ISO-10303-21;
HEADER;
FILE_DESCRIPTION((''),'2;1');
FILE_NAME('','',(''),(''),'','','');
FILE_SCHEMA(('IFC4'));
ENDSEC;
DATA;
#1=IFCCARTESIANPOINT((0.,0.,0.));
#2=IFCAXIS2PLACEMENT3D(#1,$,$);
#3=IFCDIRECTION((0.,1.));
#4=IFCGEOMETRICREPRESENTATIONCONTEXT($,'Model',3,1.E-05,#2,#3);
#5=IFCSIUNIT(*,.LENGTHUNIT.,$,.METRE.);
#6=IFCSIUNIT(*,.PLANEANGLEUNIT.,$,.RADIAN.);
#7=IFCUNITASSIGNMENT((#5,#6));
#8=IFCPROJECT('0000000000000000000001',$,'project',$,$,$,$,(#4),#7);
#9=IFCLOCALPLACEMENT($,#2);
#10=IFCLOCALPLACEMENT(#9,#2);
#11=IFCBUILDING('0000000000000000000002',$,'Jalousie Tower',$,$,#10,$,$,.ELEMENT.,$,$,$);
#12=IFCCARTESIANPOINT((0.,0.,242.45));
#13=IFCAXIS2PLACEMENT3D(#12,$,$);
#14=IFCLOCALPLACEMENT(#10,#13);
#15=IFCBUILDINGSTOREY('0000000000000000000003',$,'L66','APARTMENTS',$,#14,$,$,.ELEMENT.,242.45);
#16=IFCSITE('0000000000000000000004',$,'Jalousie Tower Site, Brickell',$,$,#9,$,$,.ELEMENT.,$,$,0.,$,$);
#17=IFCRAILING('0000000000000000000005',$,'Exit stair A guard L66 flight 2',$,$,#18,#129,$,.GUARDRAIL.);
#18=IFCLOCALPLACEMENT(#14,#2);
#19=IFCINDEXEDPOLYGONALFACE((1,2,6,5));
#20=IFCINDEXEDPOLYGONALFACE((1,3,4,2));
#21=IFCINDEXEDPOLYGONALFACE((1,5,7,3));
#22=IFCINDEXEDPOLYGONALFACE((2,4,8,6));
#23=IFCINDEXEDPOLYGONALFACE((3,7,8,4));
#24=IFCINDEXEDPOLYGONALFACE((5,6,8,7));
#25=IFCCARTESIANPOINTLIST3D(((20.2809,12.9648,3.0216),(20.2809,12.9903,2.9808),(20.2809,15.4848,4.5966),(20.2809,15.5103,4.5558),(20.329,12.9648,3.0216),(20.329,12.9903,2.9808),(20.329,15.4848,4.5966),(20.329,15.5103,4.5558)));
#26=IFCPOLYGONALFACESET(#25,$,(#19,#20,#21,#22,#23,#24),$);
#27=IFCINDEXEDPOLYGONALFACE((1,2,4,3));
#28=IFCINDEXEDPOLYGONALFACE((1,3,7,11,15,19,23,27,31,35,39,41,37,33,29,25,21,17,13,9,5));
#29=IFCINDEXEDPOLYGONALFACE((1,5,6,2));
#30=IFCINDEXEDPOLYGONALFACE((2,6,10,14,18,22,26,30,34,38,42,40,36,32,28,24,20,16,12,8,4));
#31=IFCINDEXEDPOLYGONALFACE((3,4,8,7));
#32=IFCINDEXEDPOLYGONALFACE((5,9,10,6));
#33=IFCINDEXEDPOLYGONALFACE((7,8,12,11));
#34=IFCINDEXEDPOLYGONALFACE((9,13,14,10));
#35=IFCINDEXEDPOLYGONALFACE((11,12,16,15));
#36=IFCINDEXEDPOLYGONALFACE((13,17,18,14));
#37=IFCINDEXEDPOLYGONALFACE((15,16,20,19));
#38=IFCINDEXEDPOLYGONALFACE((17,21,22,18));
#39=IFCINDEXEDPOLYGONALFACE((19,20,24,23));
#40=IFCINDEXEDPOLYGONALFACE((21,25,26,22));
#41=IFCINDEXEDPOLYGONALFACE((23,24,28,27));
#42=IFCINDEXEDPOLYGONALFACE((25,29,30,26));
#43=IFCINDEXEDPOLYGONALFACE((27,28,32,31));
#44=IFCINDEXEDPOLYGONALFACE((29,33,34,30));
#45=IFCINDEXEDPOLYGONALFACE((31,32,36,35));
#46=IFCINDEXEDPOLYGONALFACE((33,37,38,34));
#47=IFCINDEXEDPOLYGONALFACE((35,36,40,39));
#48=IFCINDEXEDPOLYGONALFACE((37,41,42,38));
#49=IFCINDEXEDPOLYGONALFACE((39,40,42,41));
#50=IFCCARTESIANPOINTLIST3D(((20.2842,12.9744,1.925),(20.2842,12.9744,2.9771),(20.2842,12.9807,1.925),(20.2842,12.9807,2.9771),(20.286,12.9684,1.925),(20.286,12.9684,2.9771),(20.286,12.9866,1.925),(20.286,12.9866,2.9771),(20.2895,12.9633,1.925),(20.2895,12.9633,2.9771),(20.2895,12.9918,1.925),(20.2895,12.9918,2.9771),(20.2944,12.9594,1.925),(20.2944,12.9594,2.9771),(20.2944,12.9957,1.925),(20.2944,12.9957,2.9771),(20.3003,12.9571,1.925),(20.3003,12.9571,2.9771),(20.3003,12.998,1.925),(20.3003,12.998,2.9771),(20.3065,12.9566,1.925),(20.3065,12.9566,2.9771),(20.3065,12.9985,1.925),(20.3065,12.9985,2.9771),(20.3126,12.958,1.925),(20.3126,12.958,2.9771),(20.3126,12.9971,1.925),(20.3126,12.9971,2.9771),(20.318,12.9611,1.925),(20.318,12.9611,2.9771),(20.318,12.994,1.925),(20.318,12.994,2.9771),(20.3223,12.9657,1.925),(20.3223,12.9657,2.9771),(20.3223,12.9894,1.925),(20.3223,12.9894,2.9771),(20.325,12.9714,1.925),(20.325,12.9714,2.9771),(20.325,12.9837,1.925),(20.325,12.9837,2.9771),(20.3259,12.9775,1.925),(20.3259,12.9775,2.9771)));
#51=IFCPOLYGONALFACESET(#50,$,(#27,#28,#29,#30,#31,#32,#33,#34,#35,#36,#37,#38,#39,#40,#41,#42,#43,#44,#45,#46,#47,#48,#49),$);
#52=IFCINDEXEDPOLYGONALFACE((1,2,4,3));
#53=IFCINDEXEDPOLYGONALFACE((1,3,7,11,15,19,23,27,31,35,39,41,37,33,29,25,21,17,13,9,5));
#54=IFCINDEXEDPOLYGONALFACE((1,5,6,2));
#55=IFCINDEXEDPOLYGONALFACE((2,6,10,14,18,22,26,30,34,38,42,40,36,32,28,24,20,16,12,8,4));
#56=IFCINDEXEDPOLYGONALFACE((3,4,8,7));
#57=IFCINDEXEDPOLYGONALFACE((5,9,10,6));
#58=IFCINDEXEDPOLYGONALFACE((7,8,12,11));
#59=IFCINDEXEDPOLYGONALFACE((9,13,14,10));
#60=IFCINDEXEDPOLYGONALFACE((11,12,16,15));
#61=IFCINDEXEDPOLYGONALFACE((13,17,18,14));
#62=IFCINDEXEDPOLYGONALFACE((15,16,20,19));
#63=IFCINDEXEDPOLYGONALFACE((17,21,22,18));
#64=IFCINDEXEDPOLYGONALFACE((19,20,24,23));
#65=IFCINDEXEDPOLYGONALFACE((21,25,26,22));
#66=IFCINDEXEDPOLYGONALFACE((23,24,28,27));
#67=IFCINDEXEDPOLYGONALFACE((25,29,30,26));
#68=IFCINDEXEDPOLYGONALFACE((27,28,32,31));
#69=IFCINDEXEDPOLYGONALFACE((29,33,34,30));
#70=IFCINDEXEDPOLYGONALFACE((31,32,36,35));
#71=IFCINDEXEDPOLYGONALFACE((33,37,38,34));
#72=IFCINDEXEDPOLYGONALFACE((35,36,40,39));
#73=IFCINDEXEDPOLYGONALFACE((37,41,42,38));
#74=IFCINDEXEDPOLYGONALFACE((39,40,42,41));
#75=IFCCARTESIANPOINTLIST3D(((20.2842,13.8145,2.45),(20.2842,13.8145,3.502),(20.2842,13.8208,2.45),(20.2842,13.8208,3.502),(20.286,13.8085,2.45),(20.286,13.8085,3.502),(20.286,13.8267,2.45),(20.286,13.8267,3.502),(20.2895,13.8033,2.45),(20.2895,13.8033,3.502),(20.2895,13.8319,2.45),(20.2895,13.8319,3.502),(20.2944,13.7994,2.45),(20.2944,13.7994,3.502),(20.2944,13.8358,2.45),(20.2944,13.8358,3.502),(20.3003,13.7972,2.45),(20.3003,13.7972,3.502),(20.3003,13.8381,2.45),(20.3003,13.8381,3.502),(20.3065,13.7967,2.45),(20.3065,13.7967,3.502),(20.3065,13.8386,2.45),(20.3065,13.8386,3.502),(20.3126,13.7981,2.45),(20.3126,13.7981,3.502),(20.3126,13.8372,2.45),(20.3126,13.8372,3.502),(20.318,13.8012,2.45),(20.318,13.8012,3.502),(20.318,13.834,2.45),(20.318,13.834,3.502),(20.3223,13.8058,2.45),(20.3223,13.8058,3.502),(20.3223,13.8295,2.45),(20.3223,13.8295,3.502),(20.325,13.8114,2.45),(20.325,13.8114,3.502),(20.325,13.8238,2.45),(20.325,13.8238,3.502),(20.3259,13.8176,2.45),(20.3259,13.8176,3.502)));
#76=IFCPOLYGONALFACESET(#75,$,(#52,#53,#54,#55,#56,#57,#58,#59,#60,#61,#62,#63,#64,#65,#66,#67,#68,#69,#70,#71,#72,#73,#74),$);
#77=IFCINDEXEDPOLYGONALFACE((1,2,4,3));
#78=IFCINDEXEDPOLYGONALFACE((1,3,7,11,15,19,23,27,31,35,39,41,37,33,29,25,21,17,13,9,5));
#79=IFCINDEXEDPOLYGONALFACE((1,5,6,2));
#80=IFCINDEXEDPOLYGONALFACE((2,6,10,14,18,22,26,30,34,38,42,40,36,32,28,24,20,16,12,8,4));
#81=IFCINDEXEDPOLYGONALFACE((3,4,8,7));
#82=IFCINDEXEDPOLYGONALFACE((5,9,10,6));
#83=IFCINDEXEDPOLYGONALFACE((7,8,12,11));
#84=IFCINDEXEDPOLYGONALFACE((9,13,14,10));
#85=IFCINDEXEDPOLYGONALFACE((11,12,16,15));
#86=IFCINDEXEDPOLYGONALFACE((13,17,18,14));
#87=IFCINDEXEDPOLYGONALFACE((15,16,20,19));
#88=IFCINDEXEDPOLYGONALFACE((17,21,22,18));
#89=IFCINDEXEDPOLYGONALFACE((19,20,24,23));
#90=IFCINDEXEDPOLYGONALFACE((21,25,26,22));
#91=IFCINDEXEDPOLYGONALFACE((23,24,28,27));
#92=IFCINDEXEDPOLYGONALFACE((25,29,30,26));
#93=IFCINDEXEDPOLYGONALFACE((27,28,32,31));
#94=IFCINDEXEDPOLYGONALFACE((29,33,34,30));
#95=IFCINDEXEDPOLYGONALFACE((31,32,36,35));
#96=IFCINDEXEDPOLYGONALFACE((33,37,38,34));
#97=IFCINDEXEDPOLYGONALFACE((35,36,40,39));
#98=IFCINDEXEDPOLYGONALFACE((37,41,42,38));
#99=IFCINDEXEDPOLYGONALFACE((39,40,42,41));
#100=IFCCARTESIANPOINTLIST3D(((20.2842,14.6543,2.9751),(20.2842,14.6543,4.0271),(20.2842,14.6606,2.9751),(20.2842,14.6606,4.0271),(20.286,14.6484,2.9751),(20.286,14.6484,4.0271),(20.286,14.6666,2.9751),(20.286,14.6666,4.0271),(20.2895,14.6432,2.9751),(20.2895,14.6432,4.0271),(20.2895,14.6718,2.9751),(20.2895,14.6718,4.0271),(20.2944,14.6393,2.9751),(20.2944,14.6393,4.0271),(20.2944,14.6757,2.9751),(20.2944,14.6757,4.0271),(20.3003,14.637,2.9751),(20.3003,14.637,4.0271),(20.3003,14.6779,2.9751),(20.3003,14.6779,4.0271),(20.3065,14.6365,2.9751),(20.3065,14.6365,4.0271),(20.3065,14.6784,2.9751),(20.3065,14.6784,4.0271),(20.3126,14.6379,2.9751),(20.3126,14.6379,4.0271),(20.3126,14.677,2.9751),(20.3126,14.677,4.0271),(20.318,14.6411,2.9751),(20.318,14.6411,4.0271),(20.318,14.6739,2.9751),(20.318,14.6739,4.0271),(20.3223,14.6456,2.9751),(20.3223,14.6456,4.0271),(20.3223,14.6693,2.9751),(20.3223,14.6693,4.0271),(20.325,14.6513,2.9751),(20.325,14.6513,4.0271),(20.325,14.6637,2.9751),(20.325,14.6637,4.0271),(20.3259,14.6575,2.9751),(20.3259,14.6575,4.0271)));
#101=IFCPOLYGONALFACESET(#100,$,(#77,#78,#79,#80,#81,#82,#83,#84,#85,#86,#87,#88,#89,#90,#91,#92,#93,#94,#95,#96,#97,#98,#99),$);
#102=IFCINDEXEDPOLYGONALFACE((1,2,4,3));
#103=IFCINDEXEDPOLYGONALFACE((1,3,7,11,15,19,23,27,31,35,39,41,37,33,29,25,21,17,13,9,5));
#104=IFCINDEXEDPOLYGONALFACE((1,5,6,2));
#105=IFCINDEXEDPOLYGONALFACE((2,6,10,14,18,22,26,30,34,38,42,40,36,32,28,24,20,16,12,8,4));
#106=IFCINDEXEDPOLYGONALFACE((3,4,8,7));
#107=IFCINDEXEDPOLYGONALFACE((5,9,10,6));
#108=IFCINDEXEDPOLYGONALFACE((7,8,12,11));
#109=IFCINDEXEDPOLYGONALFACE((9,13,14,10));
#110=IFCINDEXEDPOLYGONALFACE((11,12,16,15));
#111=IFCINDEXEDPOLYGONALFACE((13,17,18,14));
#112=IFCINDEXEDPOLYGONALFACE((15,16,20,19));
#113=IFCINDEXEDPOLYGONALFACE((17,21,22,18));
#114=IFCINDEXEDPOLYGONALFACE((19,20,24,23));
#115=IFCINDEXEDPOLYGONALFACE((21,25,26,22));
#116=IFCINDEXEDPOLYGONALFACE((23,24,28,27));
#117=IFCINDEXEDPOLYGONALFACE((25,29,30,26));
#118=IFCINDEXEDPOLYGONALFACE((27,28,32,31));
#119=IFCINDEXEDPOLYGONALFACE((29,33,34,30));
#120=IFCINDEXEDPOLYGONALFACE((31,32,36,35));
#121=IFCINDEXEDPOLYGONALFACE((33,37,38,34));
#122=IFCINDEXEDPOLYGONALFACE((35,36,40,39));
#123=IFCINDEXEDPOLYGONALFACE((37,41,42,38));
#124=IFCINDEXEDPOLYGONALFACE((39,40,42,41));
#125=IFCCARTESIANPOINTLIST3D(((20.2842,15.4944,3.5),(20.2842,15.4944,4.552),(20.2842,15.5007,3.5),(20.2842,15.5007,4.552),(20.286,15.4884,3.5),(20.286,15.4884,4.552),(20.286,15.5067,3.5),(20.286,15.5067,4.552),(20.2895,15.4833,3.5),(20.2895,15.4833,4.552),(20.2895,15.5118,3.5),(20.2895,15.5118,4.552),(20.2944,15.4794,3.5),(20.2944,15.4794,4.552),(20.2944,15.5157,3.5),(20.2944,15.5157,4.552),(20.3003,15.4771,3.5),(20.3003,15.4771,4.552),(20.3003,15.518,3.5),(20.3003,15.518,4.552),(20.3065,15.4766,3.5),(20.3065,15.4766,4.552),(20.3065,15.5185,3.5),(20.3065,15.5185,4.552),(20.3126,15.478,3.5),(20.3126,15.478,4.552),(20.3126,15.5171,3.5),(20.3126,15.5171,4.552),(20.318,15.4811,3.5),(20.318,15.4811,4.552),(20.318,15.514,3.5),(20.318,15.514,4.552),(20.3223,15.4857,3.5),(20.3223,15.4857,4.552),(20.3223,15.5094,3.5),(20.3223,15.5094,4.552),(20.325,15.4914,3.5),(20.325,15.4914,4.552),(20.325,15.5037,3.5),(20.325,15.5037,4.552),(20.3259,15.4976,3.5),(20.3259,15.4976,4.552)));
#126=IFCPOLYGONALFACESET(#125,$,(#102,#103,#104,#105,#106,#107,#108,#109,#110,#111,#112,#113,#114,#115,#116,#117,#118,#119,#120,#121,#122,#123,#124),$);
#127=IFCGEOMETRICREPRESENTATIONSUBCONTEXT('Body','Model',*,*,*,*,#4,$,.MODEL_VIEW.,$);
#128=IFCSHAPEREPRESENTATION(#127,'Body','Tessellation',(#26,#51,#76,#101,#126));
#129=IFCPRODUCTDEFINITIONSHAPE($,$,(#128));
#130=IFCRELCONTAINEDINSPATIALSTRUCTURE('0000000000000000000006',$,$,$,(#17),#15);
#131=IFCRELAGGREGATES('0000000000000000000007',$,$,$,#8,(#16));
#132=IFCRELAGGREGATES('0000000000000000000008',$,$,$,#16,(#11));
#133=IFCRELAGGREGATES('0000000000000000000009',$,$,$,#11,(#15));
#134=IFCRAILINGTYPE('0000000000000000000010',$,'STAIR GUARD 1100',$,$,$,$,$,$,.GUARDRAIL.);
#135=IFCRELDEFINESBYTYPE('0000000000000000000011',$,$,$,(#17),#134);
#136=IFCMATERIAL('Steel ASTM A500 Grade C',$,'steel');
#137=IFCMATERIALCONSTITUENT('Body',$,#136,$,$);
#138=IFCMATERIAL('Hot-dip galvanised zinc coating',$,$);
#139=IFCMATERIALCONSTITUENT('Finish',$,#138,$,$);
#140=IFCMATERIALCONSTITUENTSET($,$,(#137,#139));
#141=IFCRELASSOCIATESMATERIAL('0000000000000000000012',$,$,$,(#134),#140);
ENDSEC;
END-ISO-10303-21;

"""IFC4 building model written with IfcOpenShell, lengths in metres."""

from ifc_helpers import new_model, si_unit, direction, frame, origin, origin_2d, place, context, subcontext, project, spatial, rectangle, circle, extrude, material, constituent, constituent_set, type_object, element, save


model = new_model("IFC4")

# Units and contexts
model_context = context("Model", 3, precision=1e-05, world=origin(), true_north=direction((0.0, 1.0)))
body_context = subcontext(model_context, "Body", "Model", "MODEL_VIEW")
ifc_project = project(units=[si_unit("LENGTHUNIT", "METRE"), si_unit("PLANEANGLEUNIT", "RADIAN")], contexts=[model_context])

# Site, building, storey
site_placement = place(None, origin())
site = spatial("IfcSite", under=ifc_project, at=site_placement, Name="Jalousie Tower Site, Brickell", CompositionType="ELEMENT", RefElevation=0.0)
building_placement = place(site_placement, origin())
building = spatial("IfcBuilding", under=site, at=building_placement, Name="Jalousie Tower", CompositionType="ELEMENT")
storey_placement = place(building_placement, frame((0.0, 0.0, 242.45)))
storey = spatial("IfcBuildingStorey", under=building, at=storey_placement, Name="L66", Description="APARTMENTS", CompositionType="ELEMENT", Elevation=242.45)

# Railing
ifc_material_1 = material(Name="Steel ASTM A500 Grade C", Category="steel")
ifc_constituent_1 = constituent(ifc_material_1, Name="Body")
ifc_material_2 = material(Name="Hot-dip galvanised zinc coating")
ifc_constituent_2 = constituent(ifc_material_2, Name="Finish")
ifc_constituent_set_1 = constituent_set(constituents=[ifc_constituent_1, ifc_constituent_2])
railing_type_1 = type_object("IfcRailingType", Name="STAIR GUARD 1100", PredefinedType="GUARDRAIL", material=ifc_constituent_set_1)
railing_1_placement = place(storey_placement, frame((20.3049, 12.9775, 1.925)))
element("IfcRailing", 1, at=railing_1_placement, inside=storey, type_object=railing_type_1, Name="Exit stair A guard L66 flight 2", PredefinedType="GUARDRAIL", context=body_context, shape_type="SweptSolid", body=[
    extrude(rectangle(XDim=0.0481, YDim=0.0481, at=origin_2d()), frame((0.0, 0.0, 1.0762), z_axis=(0.0, 0.848008, 0.529984), x_axis=(-1.0, 0.0, 0.0)), (0.0, 0.0, 1.0), 2.9717),
    extrude(circle(Radius=0.021, at=origin_2d()), origin(), (0.0, 0.0, 1.0), 1.052),
    extrude(circle(Radius=0.021, at=origin_2d()), frame((0.0, 0.8401, 0.5249)), (0.0, 0.0, 1.0), 1.052),
    extrude(circle(Radius=0.021, at=origin_2d()), frame((0.0, 1.6799, 1.05)), (0.0, 0.0, 1.0), 1.052),
    extrude(circle(Radius=0.021, at=origin_2d()), frame((0.0, 2.52, 1.575)), (0.0, 0.0, 1.0), 1.052),
])

save(model, "model.ifc")
